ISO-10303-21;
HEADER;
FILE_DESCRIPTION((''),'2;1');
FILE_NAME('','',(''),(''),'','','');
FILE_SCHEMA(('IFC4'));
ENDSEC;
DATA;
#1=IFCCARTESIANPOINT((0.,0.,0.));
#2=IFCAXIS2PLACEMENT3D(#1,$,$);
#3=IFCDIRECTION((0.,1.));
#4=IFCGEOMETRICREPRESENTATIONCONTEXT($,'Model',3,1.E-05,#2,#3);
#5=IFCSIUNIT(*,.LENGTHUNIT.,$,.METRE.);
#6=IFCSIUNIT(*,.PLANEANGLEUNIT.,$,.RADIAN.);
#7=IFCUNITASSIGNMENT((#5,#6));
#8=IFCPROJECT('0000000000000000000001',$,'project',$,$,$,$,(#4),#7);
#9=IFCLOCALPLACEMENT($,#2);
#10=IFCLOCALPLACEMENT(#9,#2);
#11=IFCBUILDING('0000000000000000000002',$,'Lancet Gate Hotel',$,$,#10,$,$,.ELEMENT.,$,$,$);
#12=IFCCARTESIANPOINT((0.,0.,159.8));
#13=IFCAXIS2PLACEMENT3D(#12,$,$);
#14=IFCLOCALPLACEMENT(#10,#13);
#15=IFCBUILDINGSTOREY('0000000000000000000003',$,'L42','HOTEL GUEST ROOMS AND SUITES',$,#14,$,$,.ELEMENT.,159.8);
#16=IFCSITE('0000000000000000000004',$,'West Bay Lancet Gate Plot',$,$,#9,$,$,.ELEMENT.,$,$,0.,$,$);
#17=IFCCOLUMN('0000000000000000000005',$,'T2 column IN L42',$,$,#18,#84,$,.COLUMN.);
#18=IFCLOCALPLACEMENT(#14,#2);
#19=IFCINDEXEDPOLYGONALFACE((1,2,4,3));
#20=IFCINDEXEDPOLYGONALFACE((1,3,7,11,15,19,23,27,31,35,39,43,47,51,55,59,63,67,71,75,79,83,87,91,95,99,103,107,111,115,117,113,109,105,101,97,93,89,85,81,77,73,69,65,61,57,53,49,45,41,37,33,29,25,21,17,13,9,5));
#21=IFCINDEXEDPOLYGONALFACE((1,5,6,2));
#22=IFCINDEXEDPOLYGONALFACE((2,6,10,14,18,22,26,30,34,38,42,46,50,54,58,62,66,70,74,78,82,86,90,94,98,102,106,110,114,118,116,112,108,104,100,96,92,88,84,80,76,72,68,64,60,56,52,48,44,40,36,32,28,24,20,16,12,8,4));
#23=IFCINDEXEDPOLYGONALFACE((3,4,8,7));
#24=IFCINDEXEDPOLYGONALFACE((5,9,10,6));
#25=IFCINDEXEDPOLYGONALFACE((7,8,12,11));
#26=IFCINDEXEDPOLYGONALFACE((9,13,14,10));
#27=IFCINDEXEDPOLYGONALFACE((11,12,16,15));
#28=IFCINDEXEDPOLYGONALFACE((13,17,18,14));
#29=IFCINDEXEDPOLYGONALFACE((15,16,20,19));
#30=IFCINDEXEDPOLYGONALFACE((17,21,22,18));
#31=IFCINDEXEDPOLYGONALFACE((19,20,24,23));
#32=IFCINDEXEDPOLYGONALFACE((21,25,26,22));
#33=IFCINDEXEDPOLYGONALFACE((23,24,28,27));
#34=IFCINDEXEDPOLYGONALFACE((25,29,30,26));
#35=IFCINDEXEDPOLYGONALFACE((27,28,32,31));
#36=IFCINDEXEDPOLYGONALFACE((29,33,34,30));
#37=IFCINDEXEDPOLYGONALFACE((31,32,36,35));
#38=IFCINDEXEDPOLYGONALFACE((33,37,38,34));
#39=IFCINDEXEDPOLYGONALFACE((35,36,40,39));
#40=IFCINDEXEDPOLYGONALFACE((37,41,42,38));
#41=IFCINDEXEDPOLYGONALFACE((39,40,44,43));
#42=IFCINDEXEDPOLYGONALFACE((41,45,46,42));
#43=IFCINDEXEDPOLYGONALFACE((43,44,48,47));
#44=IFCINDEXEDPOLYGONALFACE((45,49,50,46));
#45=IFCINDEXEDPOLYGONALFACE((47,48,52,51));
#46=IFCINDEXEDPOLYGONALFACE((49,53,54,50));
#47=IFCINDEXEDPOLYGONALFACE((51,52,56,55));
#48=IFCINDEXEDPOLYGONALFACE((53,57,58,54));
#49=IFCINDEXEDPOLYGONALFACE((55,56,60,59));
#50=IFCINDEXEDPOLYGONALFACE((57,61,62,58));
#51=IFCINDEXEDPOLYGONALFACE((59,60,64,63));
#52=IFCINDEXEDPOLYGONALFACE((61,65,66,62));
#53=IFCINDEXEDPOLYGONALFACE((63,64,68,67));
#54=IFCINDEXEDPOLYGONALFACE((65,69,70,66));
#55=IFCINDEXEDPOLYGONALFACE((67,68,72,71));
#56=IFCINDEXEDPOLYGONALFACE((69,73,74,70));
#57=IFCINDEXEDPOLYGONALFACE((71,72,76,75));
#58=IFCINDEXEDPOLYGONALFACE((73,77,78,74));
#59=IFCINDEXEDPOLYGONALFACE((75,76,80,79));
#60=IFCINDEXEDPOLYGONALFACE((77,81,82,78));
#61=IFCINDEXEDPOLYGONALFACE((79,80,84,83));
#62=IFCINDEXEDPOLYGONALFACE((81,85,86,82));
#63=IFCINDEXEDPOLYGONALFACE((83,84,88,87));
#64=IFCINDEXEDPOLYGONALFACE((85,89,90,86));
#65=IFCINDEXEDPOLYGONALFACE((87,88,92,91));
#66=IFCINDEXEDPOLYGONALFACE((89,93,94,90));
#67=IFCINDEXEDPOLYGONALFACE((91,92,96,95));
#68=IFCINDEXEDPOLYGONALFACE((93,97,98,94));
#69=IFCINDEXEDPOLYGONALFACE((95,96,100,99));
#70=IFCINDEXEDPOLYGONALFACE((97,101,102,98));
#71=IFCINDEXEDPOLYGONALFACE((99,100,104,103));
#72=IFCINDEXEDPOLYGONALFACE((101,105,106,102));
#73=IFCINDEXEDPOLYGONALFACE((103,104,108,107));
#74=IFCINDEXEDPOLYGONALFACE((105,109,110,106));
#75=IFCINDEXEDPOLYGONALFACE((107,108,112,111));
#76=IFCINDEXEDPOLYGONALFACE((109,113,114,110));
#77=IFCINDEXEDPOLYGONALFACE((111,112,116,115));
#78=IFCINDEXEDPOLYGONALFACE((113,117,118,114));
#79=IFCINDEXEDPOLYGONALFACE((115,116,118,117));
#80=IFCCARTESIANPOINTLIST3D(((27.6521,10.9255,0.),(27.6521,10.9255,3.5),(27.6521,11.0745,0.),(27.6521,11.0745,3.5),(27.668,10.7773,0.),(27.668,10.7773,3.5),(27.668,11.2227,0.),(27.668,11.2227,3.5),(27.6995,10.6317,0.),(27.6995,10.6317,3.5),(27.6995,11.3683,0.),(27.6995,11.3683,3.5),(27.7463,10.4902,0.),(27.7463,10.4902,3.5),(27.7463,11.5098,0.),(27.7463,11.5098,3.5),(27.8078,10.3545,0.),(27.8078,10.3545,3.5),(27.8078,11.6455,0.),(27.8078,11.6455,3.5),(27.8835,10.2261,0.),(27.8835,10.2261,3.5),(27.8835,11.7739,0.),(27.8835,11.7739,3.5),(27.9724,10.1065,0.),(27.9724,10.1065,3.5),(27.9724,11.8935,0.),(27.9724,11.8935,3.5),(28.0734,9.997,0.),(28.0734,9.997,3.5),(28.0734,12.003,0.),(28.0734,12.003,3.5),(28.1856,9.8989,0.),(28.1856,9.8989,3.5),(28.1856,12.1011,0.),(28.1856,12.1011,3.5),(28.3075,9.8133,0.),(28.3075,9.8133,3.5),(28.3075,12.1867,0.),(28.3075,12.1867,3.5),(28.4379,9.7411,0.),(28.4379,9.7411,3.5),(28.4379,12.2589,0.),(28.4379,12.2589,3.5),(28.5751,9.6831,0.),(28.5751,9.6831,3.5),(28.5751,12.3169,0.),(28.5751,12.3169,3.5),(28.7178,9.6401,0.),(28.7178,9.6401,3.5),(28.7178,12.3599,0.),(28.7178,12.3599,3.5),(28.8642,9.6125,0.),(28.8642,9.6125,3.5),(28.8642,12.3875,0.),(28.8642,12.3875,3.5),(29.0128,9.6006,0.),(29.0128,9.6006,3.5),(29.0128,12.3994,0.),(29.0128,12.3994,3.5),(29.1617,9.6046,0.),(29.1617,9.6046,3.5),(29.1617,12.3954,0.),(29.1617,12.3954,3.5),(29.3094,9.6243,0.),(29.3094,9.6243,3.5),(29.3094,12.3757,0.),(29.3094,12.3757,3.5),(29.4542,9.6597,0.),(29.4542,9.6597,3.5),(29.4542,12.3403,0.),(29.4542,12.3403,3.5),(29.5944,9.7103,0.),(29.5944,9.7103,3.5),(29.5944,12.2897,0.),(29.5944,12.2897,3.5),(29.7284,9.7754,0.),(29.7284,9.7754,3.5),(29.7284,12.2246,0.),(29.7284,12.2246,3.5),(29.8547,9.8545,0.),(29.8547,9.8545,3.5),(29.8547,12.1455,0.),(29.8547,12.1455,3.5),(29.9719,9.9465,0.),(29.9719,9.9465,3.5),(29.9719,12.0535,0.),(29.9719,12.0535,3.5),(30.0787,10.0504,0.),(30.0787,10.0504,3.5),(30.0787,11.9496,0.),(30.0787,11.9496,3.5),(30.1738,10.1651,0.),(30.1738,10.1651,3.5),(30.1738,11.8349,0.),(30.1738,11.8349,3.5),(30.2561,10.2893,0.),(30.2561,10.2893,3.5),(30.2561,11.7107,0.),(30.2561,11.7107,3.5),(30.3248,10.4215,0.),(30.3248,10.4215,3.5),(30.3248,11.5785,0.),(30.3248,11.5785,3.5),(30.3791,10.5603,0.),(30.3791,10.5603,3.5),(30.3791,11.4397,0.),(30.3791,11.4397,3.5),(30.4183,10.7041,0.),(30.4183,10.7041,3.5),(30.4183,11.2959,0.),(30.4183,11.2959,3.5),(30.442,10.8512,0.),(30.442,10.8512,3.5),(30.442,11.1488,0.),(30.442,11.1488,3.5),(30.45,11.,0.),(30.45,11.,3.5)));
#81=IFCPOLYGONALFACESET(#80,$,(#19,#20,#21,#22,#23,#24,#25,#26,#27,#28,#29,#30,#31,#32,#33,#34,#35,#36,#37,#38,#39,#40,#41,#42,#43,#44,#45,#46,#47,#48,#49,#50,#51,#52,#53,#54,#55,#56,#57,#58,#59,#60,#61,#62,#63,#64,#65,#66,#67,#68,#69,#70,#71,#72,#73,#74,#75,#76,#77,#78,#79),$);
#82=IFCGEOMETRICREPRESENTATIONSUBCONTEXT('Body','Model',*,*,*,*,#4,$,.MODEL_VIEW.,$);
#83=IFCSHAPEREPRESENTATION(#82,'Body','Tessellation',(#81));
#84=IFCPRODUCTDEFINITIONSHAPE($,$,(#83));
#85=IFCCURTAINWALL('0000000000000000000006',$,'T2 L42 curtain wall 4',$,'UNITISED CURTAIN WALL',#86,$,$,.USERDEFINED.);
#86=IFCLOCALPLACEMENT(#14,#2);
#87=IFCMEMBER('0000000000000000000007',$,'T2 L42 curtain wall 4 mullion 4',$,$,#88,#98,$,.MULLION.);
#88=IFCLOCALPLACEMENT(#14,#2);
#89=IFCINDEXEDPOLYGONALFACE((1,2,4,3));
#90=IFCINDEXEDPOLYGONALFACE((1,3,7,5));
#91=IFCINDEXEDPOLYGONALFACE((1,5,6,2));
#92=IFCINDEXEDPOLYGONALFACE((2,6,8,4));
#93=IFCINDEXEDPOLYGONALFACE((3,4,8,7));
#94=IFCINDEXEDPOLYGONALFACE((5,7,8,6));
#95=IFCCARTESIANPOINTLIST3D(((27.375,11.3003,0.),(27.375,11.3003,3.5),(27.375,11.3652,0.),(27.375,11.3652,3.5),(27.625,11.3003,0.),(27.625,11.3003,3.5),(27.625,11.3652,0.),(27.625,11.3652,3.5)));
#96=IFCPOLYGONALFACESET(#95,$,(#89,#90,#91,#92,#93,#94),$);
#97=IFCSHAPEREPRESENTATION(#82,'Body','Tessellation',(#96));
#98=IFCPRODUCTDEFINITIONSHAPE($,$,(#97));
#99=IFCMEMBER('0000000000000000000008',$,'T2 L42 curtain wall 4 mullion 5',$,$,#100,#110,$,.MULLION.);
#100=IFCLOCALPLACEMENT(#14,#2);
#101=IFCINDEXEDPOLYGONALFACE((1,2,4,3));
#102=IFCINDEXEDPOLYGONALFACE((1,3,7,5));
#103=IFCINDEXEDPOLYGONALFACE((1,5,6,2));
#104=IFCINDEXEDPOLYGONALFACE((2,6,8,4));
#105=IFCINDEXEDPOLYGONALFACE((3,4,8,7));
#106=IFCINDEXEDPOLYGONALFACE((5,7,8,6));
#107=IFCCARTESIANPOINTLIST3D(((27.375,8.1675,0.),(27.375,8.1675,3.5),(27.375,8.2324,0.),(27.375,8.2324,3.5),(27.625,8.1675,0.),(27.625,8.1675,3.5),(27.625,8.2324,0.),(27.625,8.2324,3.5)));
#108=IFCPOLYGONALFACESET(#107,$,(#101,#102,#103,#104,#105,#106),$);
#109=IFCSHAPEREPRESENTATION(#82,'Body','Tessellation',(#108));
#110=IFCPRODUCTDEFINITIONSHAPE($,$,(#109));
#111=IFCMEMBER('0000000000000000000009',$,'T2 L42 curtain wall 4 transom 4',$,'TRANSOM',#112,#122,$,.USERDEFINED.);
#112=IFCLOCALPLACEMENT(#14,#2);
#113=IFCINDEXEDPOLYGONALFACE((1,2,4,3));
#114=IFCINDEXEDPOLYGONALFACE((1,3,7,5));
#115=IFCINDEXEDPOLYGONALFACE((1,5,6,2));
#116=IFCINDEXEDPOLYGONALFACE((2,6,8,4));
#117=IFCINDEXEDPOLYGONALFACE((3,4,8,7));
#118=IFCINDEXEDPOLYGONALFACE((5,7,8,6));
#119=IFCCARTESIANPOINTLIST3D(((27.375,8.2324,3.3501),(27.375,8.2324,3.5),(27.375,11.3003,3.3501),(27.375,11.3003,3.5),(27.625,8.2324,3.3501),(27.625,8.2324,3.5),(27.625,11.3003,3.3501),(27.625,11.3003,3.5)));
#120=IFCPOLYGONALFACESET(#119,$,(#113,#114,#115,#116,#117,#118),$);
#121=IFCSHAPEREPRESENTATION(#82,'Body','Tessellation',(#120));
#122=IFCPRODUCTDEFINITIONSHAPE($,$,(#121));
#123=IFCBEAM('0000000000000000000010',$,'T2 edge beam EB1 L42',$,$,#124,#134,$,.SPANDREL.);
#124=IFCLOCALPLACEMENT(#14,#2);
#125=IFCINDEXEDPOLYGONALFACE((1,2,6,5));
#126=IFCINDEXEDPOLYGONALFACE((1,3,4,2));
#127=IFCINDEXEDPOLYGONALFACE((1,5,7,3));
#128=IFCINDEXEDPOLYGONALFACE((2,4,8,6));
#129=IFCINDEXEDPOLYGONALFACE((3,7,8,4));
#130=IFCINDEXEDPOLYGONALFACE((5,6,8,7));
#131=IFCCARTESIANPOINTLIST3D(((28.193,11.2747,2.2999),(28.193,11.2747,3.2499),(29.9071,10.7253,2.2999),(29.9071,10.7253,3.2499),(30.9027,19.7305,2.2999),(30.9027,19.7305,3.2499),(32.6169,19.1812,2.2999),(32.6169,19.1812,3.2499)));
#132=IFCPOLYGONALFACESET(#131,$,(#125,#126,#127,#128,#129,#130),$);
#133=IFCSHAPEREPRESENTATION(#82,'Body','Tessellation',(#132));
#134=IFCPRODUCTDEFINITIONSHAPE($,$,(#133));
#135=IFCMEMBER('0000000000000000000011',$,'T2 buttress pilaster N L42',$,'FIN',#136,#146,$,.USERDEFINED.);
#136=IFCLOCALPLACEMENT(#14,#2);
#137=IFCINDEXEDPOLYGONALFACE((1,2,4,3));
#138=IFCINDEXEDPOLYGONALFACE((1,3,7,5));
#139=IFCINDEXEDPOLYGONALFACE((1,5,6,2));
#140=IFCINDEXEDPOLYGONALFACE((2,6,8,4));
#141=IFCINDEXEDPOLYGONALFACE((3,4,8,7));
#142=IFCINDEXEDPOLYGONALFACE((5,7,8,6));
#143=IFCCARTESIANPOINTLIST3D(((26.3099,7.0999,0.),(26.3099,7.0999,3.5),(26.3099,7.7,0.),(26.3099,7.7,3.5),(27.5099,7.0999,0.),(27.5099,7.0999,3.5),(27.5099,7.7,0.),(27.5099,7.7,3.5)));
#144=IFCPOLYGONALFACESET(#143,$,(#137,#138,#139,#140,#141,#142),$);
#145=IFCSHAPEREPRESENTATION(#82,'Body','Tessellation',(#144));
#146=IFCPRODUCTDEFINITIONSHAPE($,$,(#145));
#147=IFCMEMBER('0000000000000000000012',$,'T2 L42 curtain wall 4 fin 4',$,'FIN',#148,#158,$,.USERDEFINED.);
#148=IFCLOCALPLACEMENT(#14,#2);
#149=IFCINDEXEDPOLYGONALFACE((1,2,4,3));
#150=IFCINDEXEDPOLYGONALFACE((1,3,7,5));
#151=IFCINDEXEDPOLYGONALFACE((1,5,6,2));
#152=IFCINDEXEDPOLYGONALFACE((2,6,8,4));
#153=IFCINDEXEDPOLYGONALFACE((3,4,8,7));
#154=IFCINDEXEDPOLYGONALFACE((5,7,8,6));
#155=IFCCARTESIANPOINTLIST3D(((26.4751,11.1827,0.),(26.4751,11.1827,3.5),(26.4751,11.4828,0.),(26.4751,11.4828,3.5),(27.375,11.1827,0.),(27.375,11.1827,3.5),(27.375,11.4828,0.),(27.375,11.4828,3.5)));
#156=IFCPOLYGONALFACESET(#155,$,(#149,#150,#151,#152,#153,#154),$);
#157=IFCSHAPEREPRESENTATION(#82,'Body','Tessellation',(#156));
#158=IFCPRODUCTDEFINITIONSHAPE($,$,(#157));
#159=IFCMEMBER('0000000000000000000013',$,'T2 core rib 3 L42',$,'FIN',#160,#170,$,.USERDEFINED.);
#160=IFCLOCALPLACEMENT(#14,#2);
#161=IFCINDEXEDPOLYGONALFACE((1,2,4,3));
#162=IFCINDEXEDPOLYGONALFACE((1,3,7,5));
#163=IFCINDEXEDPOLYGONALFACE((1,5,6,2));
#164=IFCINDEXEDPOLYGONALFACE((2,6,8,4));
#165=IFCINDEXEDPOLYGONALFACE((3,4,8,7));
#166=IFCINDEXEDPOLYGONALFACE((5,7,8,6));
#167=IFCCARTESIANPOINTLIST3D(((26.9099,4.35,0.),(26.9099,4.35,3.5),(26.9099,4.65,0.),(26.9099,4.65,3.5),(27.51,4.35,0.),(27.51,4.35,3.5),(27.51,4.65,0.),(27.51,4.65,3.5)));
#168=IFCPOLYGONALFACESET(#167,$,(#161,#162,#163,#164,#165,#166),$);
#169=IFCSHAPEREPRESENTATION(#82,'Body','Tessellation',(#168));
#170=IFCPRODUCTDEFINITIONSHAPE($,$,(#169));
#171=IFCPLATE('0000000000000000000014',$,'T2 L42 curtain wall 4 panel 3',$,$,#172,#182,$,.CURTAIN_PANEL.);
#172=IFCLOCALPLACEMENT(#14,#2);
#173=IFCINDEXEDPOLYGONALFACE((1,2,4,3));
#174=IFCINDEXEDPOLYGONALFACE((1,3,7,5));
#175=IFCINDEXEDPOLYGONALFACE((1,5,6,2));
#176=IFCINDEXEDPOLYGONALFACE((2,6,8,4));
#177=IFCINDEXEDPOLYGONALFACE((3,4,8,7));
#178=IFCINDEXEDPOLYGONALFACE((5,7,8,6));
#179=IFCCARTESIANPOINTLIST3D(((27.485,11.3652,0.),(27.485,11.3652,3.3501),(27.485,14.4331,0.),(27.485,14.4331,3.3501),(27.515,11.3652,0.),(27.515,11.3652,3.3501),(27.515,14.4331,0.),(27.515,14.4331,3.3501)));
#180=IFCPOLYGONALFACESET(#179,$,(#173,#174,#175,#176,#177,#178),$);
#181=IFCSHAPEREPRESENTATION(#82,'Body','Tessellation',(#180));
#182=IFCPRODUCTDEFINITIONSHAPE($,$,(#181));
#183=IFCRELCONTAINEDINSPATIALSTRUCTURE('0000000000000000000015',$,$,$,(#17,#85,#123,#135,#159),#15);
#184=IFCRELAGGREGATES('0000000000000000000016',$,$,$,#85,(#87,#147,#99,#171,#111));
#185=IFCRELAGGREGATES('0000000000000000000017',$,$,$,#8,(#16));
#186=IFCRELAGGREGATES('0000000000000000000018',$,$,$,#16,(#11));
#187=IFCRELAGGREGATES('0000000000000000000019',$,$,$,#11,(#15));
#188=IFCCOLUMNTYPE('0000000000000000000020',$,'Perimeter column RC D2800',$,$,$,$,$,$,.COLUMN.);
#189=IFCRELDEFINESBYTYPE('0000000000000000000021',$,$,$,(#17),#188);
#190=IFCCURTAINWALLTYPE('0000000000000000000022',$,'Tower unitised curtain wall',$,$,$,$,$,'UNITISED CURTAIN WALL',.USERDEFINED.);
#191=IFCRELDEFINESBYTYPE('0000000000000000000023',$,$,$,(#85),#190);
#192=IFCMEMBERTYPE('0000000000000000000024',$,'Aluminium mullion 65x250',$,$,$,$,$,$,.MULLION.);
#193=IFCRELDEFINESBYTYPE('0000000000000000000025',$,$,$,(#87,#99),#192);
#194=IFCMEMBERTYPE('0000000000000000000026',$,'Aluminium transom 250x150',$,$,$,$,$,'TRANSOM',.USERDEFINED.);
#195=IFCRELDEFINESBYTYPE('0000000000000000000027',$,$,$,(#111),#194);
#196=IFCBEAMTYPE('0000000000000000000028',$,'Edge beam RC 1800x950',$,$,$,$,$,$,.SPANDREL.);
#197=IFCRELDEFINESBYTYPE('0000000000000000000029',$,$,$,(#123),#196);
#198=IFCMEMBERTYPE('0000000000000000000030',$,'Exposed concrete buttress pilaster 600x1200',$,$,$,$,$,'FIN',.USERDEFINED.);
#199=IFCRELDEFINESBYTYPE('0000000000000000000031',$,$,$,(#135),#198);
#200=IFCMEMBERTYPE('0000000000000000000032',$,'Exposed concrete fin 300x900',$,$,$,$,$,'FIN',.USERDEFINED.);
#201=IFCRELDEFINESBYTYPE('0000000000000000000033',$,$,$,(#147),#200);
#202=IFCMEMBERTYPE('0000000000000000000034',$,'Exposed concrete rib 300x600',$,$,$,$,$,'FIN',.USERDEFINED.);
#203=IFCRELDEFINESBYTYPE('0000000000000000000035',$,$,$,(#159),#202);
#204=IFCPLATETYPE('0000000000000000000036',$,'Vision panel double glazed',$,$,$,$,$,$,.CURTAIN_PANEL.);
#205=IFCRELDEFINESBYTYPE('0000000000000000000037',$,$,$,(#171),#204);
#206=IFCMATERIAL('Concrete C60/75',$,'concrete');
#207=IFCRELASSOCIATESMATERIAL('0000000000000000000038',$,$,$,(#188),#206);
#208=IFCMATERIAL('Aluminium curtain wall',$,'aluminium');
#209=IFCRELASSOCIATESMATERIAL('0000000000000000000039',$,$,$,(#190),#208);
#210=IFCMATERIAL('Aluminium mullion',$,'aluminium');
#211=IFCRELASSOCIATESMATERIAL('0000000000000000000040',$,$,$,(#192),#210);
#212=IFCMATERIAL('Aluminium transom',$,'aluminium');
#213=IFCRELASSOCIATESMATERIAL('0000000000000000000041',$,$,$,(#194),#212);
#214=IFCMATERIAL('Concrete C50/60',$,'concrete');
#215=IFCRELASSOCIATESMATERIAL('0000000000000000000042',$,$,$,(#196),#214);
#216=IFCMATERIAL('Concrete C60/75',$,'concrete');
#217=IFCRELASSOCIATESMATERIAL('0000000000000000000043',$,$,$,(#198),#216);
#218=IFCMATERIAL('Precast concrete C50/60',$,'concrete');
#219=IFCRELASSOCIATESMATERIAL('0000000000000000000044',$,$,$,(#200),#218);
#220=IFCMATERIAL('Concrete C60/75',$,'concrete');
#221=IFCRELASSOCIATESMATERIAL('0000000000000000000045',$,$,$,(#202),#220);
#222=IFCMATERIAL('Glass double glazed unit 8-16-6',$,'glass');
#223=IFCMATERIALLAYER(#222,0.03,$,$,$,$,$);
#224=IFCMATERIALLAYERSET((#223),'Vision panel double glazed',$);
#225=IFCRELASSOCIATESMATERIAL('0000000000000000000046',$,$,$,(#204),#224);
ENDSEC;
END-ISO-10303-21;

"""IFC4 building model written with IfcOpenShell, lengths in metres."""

from ifc_helpers import new_model, si_unit, direction, frame, origin, origin_2d, place, context, subcontext, project, spatial, rectangle, circle, extrude, material, layer, layer_set, material_profile, profile_set, type_object, element, aggregate, save


model = new_model("IFC4")

# Units and contexts
model_context = context("Model", 3, precision=1e-05, world=origin(), true_north=direction((0.0, 1.0)))
body_context = subcontext(model_context, "Body", "Model", "MODEL_VIEW")
ifc_project = project(units=[si_unit("LENGTHUNIT", "METRE"), si_unit("PLANEANGLEUNIT", "RADIAN")], contexts=[model_context])

# Site, building, storey
site_placement = place(None, origin())
site = spatial("IfcSite", under=ifc_project, at=site_placement, Name="West Bay Lancet Gate Plot", CompositionType="ELEMENT", RefElevation=0.0)
building_placement = place(site_placement, origin())
building = spatial("IfcBuilding", under=site, at=building_placement, Name="Lancet Gate Hotel", CompositionType="ELEMENT")
storey_placement = place(building_placement, frame((0.0, 0.0, 159.8)))
storey = spatial("IfcBuildingStorey", under=building, at=storey_placement, Name="L42", Description="HOTEL GUEST ROOMS AND SUITES", CompositionType="ELEMENT", Elevation=159.8)

# Column
ifc_material_1 = material(Name="Concrete C60/75", Category="concrete")
ifc_material_profile_1 = material_profile(ifc_material_1, circle(Radius=1.3999, at=origin_2d()), Name="RC D2800")
ifc_profile_set_1 = profile_set([ifc_material_profile_1], Name="Concrete C60/75")
column_type = type_object("IfcColumnType", Name="Perimeter column RC D2800", PredefinedType="COLUMN", material=ifc_profile_set_1)
column_placement = place(storey_placement, frame((29.05, 11.0, 0.0), z_axis=(0.0, 0.0, 1.0), x_axis=(1.0, 0.0, 0.0)))
element("IfcColumn", 1, at=column_placement, inside=storey, type_object=column_type, Name="T2 column IN L42", PredefinedType="COLUMN", context=body_context, shape_type="SweptSolid", body=[
    extrude(circle(Radius=1.3999, at=origin_2d()), origin(), (0.0, 0.0, 1.0), 3.5),
])

# Curtain wall, members
ifc_material_2 = material(Name="Aluminium curtain wall", Category="aluminium")
curtain_wall_type = type_object("IfcCurtainWallType", Name="Tower unitised curtain wall", ElementType="UNITISED CURTAIN WALL", PredefinedType="USERDEFINED", material=ifc_material_2)
curtain_wall_placement = place(storey_placement, origin())
curtain_wall = element("IfcCurtainWall", 2, at=curtain_wall_placement, inside=storey, type_object=curtain_wall_type, Name="T2 L42 curtain wall 4", ObjectType="UNITISED CURTAIN WALL", PredefinedType="USERDEFINED")
ifc_material_3 = material(Name="Aluminium mullion", Category="aluminium")
ifc_material_profile_2 = material_profile(ifc_material_3, rectangle(XDim=0.0649, YDim=0.25, at=origin_2d()), Name="MULLION 65x250")
ifc_profile_set_2 = profile_set([ifc_material_profile_2], Name="Aluminium mullion")
member_type_1 = type_object("IfcMemberType", Name="Aluminium mullion 65x250", PredefinedType="MULLION", material=ifc_profile_set_2)
member_1_placement = place(storey_placement, frame((27.5, 11.3328, 0.0), z_axis=(0.0, 0.0, 1.0), x_axis=(0.0, -1.0, 0.0)))
member_1 = element("IfcMember", 3, at=member_1_placement, type_object=member_type_1, Name="T2 L42 curtain wall 4 mullion 4", PredefinedType="MULLION", context=body_context, shape_type="SweptSolid", body=[
    extrude(rectangle(XDim=0.0649, YDim=0.25, at=origin_2d()), origin(), (0.0, 0.0, 1.0), 3.5),
])
member_2_placement = place(storey_placement, frame((27.5, 8.2, 0.0), z_axis=(0.0, 0.0, 1.0), x_axis=(0.0, -1.0, 0.0)))
member_2 = element("IfcMember", 4, at=member_2_placement, type_object=member_type_1, Name="T2 L42 curtain wall 4 mullion 5", PredefinedType="MULLION", context=body_context, shape_type="SweptSolid", body=[
    extrude(rectangle(XDim=0.0649, YDim=0.25, at=origin_2d()), origin(), (0.0, 0.0, 1.0), 3.5),
])
ifc_material_4 = material(Name="Aluminium transom", Category="aluminium")
ifc_material_profile_3 = material_profile(ifc_material_4, rectangle(XDim=0.25, YDim=0.1499, at=origin_2d()), Name="TRANSOM 250x150")
ifc_profile_set_3 = profile_set([ifc_material_profile_3], Name="Aluminium transom")
member_type_2 = type_object("IfcMemberType", Name="Aluminium transom 250x150", ElementType="TRANSOM", PredefinedType="USERDEFINED", material=ifc_profile_set_3)
member_3_placement = place(storey_placement, frame((27.5, 11.3003, 3.425), z_axis=(0.0, -1.0, 0.0), x_axis=(1.0, 0.0, 0.0)))
member_3 = element("IfcMember", 5, at=member_3_placement, type_object=member_type_2, Name="T2 L42 curtain wall 4 transom 4", ObjectType="TRANSOM", PredefinedType="USERDEFINED", context=body_context, shape_type="SweptSolid", body=[
    extrude(rectangle(XDim=0.25, YDim=0.1499, at=origin_2d()), origin(), (0.0, 0.0, 1.0), 3.0679),
])

# Beam
ifc_material_5 = material(Name="Concrete C50/60", Category="concrete")
ifc_material_profile_4 = material_profile(ifc_material_5, rectangle(XDim=1.8, YDim=0.95, at=origin_2d()), Name="RC 1800x950")
ifc_profile_set_4 = profile_set([ifc_material_profile_4], Name="Concrete C50/60")
beam_type = type_object("IfcBeamType", Name="Edge beam RC 1800x950", PredefinedType="SPANDREL", material=ifc_profile_set_4)
beam_placement = place(storey_placement, frame((29.05, 11.0, 2.7749), z_axis=(0.30517, 0.952298, 0.0), x_axis=(-0.952298, 0.30517, 0.0)))
element("IfcBeam", 6, at=beam_placement, inside=storey, type_object=beam_type, Name="T2 edge beam EB1 L42", PredefinedType="SPANDREL", context=body_context, shape_type="SweptSolid", body=[
    extrude(rectangle(XDim=1.8, YDim=0.95, at=origin_2d()), origin(), (0.0, 0.0, 1.0), 8.8794),
])

# Members
ifc_material_6 = material(Name="Concrete C60/75", Category="concrete")
ifc_material_profile_5 = material_profile(ifc_material_6, rectangle(XDim=0.6001, YDim=1.2, at=origin_2d()), Name="FIN 600x1200")
ifc_profile_set_5 = profile_set([ifc_material_profile_5], Name="Concrete C60/75")
member_type_3 = type_object("IfcMemberType", Name="Exposed concrete buttress pilaster 600x1200", ElementType="FIN", PredefinedType="USERDEFINED", material=ifc_profile_set_5)
member_4_placement = place(storey_placement, frame((26.9099, 7.3999, 0.0), z_axis=(0.0, 0.0, 1.0), x_axis=(0.0, 1.0, 0.0)))
element("IfcMember", 7, at=member_4_placement, inside=storey, type_object=member_type_3, Name="T2 buttress pilaster N L42", ObjectType="FIN", PredefinedType="USERDEFINED", context=body_context, shape_type="SweptSolid", body=[
    extrude(rectangle(XDim=0.6001, YDim=1.2, at=origin_2d()), origin(), (0.0, 0.0, 1.0), 3.5),
])
ifc_material_7 = material(Name="Precast concrete C50/60", Category="concrete")
ifc_material_profile_6 = material_profile(ifc_material_7, rectangle(XDim=0.3, YDim=0.8999, at=origin_2d()), Name="FIN 300x900")
ifc_profile_set_6 = profile_set([ifc_material_profile_6], Name="Precast concrete C50/60")
member_type_4 = type_object("IfcMemberType", Name="Exposed concrete fin 300x900", ElementType="FIN", PredefinedType="USERDEFINED", material=ifc_profile_set_6)
member_5_placement = place(storey_placement, frame((26.925, 11.3328, 0.0), z_axis=(0.0, 0.0, 1.0), x_axis=(0.0, -1.0, 0.0)))
member_5 = element("IfcMember", 8, at=member_5_placement, type_object=member_type_4, Name="T2 L42 curtain wall 4 fin 4", ObjectType="FIN", PredefinedType="USERDEFINED", context=body_context, shape_type="SweptSolid", body=[
    extrude(rectangle(XDim=0.3, YDim=0.8999, at=origin_2d()), origin(), (0.0, 0.0, 1.0), 3.5),
])
ifc_material_8 = material(Name="Concrete C60/75", Category="concrete")
ifc_material_profile_7 = material_profile(ifc_material_8, rectangle(XDim=0.3, YDim=0.6001, at=origin_2d()), Name="FIN 300x600")
ifc_profile_set_7 = profile_set([ifc_material_profile_7], Name="Concrete C60/75")
member_type_5 = type_object("IfcMemberType", Name="Exposed concrete rib 300x600", ElementType="FIN", PredefinedType="USERDEFINED", material=ifc_profile_set_7)
member_6_placement = place(storey_placement, frame((27.21, 4.5, 0.0), z_axis=(0.0, 0.0, 1.0), x_axis=(0.0, 1.0, 0.0)))
element("IfcMember", 9, at=member_6_placement, inside=storey, type_object=member_type_5, Name="T2 core rib 3 L42", ObjectType="FIN", PredefinedType="USERDEFINED", context=body_context, shape_type="SweptSolid", body=[
    extrude(rectangle(XDim=0.3, YDim=0.6001, at=origin_2d()), origin(), (0.0, 0.0, 1.0), 3.5),
])

# Plate
ifc_material_9 = material(Name="Glass double glazed unit 8-16-6", Category="glass")
ifc_layer_1 = layer(ifc_material_9, 0.03)
ifc_layer_set_1 = layer_set([ifc_layer_1], Name="Vision panel double glazed")
plate_type = type_object("IfcPlateType", Name="Vision panel double glazed", PredefinedType="CURTAIN_PANEL", material=ifc_layer_set_1)
plate_1_placement = place(storey_placement, frame((27.5, 12.8992, 0.0), z_axis=(0.0, 0.0, 1.0), x_axis=(0.0, -1.0, 0.0)))
plate_1 = element("IfcPlate", 10, at=plate_1_placement, type_object=plate_type, Name="T2 L42 curtain wall 4 panel 3", PredefinedType="CURTAIN_PANEL", context=body_context, shape_type="SweptSolid", body=[
    extrude(rectangle(XDim=3.0679, YDim=0.03, at=origin_2d()), origin(), (0.0, 0.0, 1.0), 3.3501),
])
aggregate(curtain_wall, [member_1, member_5, member_2, plate_1, member_3])

save(model, "model.ifc")
